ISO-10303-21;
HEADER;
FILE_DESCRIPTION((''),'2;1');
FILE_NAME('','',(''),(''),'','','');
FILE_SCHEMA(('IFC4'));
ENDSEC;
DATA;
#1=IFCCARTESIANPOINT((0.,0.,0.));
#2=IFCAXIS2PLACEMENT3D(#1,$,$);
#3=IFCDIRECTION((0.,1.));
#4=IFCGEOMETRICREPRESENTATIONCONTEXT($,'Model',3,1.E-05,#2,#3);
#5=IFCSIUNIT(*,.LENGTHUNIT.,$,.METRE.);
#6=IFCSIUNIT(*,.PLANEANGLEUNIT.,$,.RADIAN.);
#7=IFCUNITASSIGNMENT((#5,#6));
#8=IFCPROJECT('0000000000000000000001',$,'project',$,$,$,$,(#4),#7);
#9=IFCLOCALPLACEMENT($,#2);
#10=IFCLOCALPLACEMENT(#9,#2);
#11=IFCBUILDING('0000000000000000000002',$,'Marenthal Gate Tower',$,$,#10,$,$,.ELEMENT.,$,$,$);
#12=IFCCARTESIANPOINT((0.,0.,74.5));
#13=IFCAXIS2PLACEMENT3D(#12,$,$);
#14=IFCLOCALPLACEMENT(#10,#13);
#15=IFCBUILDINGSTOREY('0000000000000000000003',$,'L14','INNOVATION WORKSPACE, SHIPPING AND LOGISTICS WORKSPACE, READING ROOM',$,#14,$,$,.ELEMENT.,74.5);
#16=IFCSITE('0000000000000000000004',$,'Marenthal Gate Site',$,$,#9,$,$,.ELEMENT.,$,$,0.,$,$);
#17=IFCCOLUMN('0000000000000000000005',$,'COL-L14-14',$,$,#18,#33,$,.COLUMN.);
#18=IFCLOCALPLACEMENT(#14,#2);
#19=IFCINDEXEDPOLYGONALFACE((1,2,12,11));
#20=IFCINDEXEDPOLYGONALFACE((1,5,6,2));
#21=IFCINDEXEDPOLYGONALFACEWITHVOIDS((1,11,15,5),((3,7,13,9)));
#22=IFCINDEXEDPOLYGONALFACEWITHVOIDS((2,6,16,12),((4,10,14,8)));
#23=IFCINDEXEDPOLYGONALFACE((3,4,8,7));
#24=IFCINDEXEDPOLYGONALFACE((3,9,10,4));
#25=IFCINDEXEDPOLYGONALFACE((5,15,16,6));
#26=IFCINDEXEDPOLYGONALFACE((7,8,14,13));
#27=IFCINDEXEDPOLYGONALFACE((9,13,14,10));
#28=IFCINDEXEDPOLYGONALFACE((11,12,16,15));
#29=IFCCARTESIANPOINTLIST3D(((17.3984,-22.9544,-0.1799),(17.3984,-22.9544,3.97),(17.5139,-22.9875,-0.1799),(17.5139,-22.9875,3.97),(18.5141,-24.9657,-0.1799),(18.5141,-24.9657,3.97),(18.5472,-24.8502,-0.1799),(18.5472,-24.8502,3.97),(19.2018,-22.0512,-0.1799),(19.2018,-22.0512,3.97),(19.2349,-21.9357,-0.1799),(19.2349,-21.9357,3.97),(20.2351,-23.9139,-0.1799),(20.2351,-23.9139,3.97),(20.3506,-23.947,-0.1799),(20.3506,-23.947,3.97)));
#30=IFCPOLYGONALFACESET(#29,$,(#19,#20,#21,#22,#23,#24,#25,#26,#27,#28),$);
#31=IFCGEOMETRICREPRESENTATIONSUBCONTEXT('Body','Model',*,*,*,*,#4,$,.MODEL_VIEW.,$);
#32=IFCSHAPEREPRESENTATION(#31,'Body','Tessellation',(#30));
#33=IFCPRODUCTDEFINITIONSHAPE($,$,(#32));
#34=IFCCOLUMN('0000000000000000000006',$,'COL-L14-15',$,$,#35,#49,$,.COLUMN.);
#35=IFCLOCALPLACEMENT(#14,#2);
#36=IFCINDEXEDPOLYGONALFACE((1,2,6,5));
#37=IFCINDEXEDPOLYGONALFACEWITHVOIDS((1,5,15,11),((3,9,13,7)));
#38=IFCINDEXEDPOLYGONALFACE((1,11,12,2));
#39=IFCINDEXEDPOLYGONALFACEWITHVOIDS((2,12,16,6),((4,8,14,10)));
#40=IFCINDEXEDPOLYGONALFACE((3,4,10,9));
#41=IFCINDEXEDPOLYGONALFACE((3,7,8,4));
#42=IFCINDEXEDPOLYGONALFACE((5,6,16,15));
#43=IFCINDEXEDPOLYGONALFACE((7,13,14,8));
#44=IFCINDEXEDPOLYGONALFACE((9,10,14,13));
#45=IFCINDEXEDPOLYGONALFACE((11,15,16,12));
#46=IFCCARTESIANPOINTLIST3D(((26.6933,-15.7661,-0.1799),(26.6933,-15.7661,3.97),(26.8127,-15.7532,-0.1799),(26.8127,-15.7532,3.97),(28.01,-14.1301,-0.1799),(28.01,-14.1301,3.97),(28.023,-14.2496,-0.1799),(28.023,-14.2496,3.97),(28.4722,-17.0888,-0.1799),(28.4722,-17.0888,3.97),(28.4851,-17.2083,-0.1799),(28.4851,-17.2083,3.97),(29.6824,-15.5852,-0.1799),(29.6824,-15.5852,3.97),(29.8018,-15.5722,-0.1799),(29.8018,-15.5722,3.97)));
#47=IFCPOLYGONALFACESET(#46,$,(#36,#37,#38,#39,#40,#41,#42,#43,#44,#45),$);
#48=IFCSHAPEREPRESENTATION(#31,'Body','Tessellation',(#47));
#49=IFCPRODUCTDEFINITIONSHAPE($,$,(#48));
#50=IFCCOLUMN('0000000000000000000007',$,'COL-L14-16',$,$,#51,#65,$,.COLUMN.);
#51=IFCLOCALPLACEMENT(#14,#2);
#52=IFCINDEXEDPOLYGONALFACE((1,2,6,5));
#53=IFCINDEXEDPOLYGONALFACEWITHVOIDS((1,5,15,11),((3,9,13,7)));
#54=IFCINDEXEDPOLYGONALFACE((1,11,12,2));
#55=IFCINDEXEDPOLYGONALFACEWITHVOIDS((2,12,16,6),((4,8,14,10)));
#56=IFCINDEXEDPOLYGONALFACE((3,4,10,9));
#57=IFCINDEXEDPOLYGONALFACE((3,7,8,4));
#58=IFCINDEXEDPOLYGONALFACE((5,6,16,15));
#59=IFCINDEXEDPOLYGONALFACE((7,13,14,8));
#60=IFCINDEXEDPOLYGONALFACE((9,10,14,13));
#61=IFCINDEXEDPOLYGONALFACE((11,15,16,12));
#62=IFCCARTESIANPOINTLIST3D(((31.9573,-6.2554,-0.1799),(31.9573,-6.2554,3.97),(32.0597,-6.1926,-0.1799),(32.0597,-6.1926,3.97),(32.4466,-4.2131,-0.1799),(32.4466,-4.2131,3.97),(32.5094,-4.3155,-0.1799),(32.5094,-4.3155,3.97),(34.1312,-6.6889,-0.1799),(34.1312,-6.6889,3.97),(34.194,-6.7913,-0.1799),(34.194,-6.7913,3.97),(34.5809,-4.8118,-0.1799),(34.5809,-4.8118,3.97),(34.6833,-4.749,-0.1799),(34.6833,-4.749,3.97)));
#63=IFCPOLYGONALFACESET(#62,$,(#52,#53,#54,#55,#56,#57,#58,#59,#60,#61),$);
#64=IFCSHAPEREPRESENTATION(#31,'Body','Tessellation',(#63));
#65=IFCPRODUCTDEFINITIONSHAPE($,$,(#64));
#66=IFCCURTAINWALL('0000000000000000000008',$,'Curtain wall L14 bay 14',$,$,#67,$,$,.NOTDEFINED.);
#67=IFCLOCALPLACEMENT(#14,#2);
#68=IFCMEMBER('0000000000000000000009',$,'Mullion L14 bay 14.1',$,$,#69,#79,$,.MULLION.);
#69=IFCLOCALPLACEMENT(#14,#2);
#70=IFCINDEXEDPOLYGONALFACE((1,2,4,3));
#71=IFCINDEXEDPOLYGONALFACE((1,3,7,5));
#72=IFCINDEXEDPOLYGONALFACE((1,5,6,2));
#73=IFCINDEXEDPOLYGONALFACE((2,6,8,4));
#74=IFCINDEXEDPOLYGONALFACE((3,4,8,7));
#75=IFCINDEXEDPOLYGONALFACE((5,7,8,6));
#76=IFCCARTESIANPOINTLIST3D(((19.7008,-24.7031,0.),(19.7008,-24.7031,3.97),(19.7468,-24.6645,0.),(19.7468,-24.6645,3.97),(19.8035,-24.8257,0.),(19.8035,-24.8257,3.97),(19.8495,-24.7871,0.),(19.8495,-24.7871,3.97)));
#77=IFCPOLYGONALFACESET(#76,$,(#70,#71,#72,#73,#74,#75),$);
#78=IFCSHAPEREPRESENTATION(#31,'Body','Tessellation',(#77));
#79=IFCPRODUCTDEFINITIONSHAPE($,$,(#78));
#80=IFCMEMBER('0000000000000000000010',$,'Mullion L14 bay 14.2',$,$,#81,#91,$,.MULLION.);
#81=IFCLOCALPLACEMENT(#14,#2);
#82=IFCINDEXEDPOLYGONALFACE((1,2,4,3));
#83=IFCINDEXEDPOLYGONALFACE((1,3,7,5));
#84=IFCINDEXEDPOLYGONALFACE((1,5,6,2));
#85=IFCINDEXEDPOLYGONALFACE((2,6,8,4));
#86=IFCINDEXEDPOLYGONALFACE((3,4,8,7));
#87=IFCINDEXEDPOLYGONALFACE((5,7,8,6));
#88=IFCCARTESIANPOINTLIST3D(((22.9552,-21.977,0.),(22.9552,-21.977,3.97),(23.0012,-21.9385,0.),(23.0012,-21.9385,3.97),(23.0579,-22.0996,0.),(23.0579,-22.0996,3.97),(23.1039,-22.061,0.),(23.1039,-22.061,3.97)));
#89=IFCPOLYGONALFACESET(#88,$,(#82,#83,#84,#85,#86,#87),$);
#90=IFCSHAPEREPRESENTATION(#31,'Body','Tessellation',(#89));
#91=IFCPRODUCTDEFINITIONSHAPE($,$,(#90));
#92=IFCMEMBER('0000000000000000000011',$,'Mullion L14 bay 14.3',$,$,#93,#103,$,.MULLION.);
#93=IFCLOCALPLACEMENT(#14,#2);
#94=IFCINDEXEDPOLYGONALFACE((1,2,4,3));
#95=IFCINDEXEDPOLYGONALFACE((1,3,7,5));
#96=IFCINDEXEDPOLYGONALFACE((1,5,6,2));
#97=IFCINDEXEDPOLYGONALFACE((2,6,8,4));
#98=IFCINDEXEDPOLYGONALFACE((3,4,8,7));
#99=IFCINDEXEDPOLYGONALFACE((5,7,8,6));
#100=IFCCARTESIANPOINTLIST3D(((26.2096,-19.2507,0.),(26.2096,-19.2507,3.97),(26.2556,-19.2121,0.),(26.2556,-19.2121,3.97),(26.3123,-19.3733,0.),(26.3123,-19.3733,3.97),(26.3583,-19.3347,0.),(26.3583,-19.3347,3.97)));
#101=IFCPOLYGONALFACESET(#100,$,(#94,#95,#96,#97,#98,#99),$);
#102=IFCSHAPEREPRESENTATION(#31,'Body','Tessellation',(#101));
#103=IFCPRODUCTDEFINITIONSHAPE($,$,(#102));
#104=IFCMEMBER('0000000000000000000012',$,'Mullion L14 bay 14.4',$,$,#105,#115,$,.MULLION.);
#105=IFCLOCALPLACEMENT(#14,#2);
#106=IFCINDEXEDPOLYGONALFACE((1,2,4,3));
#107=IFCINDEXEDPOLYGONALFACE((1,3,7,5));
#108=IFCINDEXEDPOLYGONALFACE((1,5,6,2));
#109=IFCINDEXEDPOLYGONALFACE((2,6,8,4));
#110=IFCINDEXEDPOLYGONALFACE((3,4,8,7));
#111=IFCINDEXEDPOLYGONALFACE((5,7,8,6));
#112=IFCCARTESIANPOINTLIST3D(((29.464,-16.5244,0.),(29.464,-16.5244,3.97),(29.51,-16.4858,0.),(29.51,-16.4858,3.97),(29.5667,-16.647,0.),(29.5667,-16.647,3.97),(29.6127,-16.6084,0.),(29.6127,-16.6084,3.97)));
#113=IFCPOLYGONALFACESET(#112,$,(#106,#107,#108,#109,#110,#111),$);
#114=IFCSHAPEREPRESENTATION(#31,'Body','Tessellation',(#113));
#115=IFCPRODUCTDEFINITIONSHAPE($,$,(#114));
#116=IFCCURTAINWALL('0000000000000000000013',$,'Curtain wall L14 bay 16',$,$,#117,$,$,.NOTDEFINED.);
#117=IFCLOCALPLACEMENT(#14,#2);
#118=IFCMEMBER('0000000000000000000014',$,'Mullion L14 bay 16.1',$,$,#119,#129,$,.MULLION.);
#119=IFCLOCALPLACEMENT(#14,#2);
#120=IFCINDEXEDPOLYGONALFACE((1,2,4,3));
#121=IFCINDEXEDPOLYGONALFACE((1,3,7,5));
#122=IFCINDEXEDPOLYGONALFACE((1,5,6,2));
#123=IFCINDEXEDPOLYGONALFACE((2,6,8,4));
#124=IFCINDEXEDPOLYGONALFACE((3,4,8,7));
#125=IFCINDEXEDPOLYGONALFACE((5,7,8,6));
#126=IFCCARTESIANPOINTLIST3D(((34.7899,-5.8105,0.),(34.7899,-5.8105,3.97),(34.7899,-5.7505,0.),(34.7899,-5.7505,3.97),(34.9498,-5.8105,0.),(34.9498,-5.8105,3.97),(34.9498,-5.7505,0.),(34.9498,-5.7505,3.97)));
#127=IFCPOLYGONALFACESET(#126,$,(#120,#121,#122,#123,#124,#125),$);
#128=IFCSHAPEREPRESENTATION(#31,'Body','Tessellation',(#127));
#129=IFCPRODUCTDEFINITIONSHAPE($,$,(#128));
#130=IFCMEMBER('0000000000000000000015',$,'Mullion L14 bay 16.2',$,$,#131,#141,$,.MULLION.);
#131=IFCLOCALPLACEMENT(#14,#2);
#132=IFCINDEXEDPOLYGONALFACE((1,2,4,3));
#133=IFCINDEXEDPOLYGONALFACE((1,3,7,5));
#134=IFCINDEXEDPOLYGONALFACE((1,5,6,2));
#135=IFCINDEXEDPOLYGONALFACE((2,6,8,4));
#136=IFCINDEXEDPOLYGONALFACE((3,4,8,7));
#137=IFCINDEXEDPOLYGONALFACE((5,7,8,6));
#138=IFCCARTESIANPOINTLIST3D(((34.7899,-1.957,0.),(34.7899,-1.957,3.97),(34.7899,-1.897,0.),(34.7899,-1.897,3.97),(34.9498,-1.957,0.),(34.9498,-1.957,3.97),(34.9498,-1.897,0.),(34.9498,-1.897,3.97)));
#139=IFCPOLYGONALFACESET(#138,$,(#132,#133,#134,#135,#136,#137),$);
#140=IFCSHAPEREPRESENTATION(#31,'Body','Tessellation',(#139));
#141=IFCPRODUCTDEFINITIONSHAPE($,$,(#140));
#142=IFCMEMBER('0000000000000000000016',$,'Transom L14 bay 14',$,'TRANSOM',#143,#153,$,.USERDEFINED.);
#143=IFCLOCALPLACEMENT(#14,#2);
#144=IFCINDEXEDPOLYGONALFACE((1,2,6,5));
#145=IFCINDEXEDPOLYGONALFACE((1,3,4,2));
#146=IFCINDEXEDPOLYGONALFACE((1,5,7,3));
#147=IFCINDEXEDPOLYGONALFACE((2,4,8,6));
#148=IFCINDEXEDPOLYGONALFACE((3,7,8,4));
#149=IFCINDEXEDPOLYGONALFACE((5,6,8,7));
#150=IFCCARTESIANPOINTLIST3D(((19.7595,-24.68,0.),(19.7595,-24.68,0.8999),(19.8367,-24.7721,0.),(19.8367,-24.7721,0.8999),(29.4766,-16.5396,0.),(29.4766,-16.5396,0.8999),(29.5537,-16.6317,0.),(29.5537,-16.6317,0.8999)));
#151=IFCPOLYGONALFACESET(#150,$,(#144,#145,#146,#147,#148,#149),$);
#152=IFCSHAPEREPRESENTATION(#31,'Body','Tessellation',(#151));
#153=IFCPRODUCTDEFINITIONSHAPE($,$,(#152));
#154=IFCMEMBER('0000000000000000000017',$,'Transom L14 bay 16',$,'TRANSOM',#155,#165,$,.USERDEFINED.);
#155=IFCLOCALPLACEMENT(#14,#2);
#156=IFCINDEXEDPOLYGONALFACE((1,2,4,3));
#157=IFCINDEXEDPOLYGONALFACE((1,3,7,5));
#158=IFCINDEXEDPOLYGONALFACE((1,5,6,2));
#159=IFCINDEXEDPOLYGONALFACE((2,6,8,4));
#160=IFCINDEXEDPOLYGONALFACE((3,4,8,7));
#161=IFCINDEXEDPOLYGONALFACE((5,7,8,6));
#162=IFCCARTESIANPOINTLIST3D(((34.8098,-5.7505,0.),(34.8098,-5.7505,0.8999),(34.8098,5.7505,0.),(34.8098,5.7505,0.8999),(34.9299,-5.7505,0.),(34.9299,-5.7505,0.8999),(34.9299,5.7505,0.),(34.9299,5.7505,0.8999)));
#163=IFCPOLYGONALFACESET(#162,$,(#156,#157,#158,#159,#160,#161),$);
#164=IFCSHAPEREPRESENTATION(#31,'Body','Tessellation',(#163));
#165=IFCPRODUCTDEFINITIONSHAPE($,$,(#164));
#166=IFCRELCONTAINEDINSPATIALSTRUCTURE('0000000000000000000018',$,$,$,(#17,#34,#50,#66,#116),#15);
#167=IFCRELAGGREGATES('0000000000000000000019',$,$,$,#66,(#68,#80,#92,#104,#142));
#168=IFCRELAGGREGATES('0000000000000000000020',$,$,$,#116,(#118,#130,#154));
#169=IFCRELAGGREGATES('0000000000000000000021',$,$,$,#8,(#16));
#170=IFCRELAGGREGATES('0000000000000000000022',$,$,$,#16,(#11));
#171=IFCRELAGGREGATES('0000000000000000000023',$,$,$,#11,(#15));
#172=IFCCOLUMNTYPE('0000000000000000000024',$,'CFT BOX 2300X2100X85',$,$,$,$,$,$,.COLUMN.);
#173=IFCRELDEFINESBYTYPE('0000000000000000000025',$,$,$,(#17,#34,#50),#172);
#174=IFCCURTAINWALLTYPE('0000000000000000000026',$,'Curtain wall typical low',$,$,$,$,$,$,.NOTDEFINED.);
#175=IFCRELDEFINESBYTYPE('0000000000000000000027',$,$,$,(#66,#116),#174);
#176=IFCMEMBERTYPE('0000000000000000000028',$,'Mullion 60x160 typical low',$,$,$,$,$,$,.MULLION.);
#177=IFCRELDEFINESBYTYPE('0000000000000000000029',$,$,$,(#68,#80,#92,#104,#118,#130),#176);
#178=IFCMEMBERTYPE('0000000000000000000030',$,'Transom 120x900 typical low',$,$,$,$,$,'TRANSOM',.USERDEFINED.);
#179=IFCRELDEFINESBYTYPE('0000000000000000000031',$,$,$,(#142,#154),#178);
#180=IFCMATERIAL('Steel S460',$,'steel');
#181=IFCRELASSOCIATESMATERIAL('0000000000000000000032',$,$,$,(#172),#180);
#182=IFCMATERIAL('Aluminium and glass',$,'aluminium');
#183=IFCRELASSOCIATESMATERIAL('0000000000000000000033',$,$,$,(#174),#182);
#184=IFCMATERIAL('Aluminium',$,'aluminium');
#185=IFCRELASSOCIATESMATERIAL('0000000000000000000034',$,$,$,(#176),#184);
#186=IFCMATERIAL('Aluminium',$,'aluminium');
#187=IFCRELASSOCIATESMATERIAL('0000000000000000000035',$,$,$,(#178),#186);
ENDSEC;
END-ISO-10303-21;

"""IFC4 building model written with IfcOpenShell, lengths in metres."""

from ifc_helpers import new_model, si_unit, direction, frame, origin, origin_2d, place, context, subcontext, project, spatial, rectangle, hollow_rectangle, extrude, material, material_profile, profile_set, type_object, element, aggregate, save


model = new_model("IFC4")

# Units and contexts
model_context = context("Model", 3, precision=1e-05, world=origin(), true_north=direction((0.0, 1.0)))
body_context = subcontext(model_context, "Body", "Model", "MODEL_VIEW")
ifc_project = project(units=[si_unit("LENGTHUNIT", "METRE"), si_unit("PLANEANGLEUNIT", "RADIAN")], contexts=[model_context])

# Site, building, storey
site_placement = place(None, origin())
site = spatial("IfcSite", under=ifc_project, at=site_placement, Name="Marenthal Gate Site", CompositionType="ELEMENT", RefElevation=0.0)
building_placement = place(site_placement, origin())
building = spatial("IfcBuilding", under=site, at=building_placement, Name="Marenthal Gate Tower", CompositionType="ELEMENT")
storey_placement = place(building_placement, frame((0.0, 0.0, 74.5)))
storey = spatial("IfcBuildingStorey", under=building, at=storey_placement, Name="L14", Description="INNOVATION WORKSPACE, SHIPPING AND LOGISTICS WORKSPACE, READING ROOM", CompositionType="ELEMENT", Elevation=74.5)

# Columns
ifc_material_1 = material(Name="Steel S460", Category="steel")
ifc_material_profile_1 = material_profile(ifc_material_1, hollow_rectangle(XDim=2.1001, YDim=2.3, WallThickness=0.085, at=origin_2d()), Name="CFT BOX 2300X2100X85")
ifc_material_2 = material(Name="Concrete 70 MPa", Category="concrete")
ifc_material_profile_2 = material_profile(ifc_material_2, rectangle(XDim=1.9299, YDim=2.1299, at=origin_2d()), Name="CFT BOX 2300X2100X85 INFILL")
ifc_profile_set_1 = profile_set([ifc_material_profile_1, ifc_material_profile_2], Name="Steel S460 shell, Concrete 70 MPa infill")
column_type = type_object("IfcColumnType", Name="CFT BOX 2300X2100X85", PredefinedType="COLUMN", material=ifc_profile_set_1)
for number, where, z_axis, x_axis, name in (
    (1, (18.8745, -23.4507, -0.1799), (0.0, 0.0, 1.0), (-0.874469, -0.485081, 0.0), "COL-L14-14"),
    (2, (28.2476, -15.6692, -0.1799), (0.0, 0.0, 1.0), (-0.626997, -0.779022, 0.0), "COL-L14-15"),
    (3, (33.3203, -5.5022, -0.1799), (0.0, 0.0, 1.0), (-0.233004, -0.972476, 0.0), "COL-L14-16"),
):
    element("IfcColumn", number, at=place(storey_placement, frame(where, z_axis=z_axis, x_axis=x_axis)), inside=storey, type_object=column_type, Name=name, PredefinedType="COLUMN", context=body_context, shape_type="SweptSolid", body=[
        extrude(hollow_rectangle(XDim=2.1001, YDim=2.3, WallThickness=0.085, at=origin_2d()), origin(), (0.0, 0.0, 1.0), 4.1499),
    ])

# Curtain walls, members
ifc_material_3 = material(Name="Aluminium and glass", Category="aluminium")
curtain_wall_type = type_object("IfcCurtainWallType", Name="Curtain wall typical low", PredefinedType="NOTDEFINED", material=ifc_material_3)
curtain_wall_1_placement = place(storey_placement, origin())
curtain_wall_1 = element("IfcCurtainWall", 4, at=curtain_wall_1_placement, inside=storey, type_object=curtain_wall_type, Name="Curtain wall L14 bay 14", PredefinedType="NOTDEFINED")
ifc_material_4 = material(Name="Aluminium", Category="aluminium")
ifc_material_profile_3 = material_profile(ifc_material_4, rectangle(XDim=0.1599, YDim=0.0601, at=origin_2d()), Name="60x160 aluminium mullion")
ifc_profile_set_2 = profile_set([ifc_material_profile_3], Name="Aluminium")
member_type_1 = type_object("IfcMemberType", Name="Mullion 60x160 typical low", PredefinedType="MULLION", material=ifc_profile_set_2)
member_1_placement = place(storey_placement, frame((19.7751, -24.7451, 0.0), z_axis=(0.0, 0.0, 1.0), x_axis=(-0.642176, 0.766557, 0.0)))
member_1 = element("IfcMember", 5, at=member_1_placement, type_object=member_type_1, Name="Mullion L14 bay 14.1", PredefinedType="MULLION", context=body_context, shape_type="SweptSolid", body=[
    extrude(rectangle(XDim=0.1599, YDim=0.0601, at=origin_2d()), origin(), (0.0, 0.0, 1.0), 3.97),
])
member_2_placement = place(storey_placement, frame((23.0295, -22.019, 0.0), z_axis=(0.0, 0.0, 1.0), x_axis=(-0.642176, 0.766557, 0.0)))
member_2 = element("IfcMember", 6, at=member_2_placement, type_object=member_type_1, Name="Mullion L14 bay 14.2", PredefinedType="MULLION", context=body_context, shape_type="SweptSolid", body=[
    extrude(rectangle(XDim=0.1599, YDim=0.0601, at=origin_2d()), origin(), (0.0, 0.0, 1.0), 3.97),
])
member_3_placement = place(storey_placement, frame((26.2839, -19.2927, 0.0), z_axis=(0.0, 0.0, 1.0), x_axis=(-0.642176, 0.766557, 0.0)))
member_3 = element("IfcMember", 7, at=member_3_placement, type_object=member_type_1, Name="Mullion L14 bay 14.3", PredefinedType="MULLION", context=body_context, shape_type="SweptSolid", body=[
    extrude(rectangle(XDim=0.1599, YDim=0.0601, at=origin_2d()), origin(), (0.0, 0.0, 1.0), 3.97),
])
member_4_placement = place(storey_placement, frame((29.5383, -16.5664, 0.0), z_axis=(0.0, 0.0, 1.0), x_axis=(-0.642176, 0.766557, 0.0)))
member_4 = element("IfcMember", 8, at=member_4_placement, type_object=member_type_1, Name="Mullion L14 bay 14.4", PredefinedType="MULLION", context=body_context, shape_type="SweptSolid", body=[
    extrude(rectangle(XDim=0.1599, YDim=0.0601, at=origin_2d()), origin(), (0.0, 0.0, 1.0), 3.97),
])
curtain_wall_2_placement = place(storey_placement, origin())
curtain_wall_2 = element("IfcCurtainWall", 9, at=curtain_wall_2_placement, inside=storey, type_object=curtain_wall_type, Name="Curtain wall L14 bay 16", PredefinedType="NOTDEFINED")
member_5_placement = place(storey_placement, frame((34.8699, -5.7805, 0.0), z_axis=(0.0, 0.0, 1.0), x_axis=(-1.0, 0.0, 0.0)))
member_5 = element("IfcMember", 10, at=member_5_placement, type_object=member_type_1, Name="Mullion L14 bay 16.1", PredefinedType="MULLION", context=body_context, shape_type="SweptSolid", body=[
    extrude(rectangle(XDim=0.1599, YDim=0.0601, at=origin_2d()), origin(), (0.0, 0.0, 1.0), 3.97),
])
member_6_placement = place(storey_placement, frame((34.8699, -1.927, 0.0), z_axis=(0.0, 0.0, 1.0), x_axis=(-1.0, 0.0, 0.0)))
member_6 = element("IfcMember", 11, at=member_6_placement, type_object=member_type_1, Name="Mullion L14 bay 16.2", PredefinedType="MULLION", context=body_context, shape_type="SweptSolid", body=[
    extrude(rectangle(XDim=0.1599, YDim=0.0601, at=origin_2d()), origin(), (0.0, 0.0, 1.0), 3.97),
])

# Members
ifc_material_5 = material(Name="Aluminium", Category="aluminium")
ifc_material_profile_4 = material_profile(ifc_material_5, rectangle(XDim=0.1201, YDim=0.8999, at=origin_2d()), Name="120x900 aluminium transom")
ifc_profile_set_3 = profile_set([ifc_material_profile_4], Name="Aluminium")
member_type_2 = type_object("IfcMemberType", Name="Transom 120x900 typical low", ElementType="TRANSOM", PredefinedType="USERDEFINED", material=ifc_profile_set_3)
member_7_placement = place(storey_placement, frame((19.7981, -24.7261, 0.45), z_axis=(0.766556, 0.642177, 0.0), x_axis=(-0.642177, 0.766556, 0.0)))
member_7 = element("IfcMember", 12, at=member_7_placement, type_object=member_type_2, Name="Transom L14 bay 14", ObjectType="TRANSOM", PredefinedType="USERDEFINED", context=body_context, shape_type="SweptSolid", body=[
    extrude(rectangle(XDim=0.1201, YDim=0.8999, at=origin_2d()), origin(), (0.0, 0.0, 1.0), 12.6763),
])
member_8_placement = place(storey_placement, frame((34.8699, -5.7505, 0.45), z_axis=(0.0, 1.0, 0.0), x_axis=(-1.0, 0.0, 0.0)))
member_8 = element("IfcMember", 13, at=member_8_placement, type_object=member_type_2, Name="Transom L14 bay 16", ObjectType="TRANSOM", PredefinedType="USERDEFINED", context=body_context, shape_type="SweptSolid", body=[
    extrude(rectangle(XDim=0.1201, YDim=0.8999, at=origin_2d()), origin(), (0.0, 0.0, 1.0), 11.501),
])

aggregate(curtain_wall_1, [member_1, member_2, member_3, member_4, member_7])
aggregate(curtain_wall_2, [member_5, member_6, member_8])

save(model, "model.ifc")
